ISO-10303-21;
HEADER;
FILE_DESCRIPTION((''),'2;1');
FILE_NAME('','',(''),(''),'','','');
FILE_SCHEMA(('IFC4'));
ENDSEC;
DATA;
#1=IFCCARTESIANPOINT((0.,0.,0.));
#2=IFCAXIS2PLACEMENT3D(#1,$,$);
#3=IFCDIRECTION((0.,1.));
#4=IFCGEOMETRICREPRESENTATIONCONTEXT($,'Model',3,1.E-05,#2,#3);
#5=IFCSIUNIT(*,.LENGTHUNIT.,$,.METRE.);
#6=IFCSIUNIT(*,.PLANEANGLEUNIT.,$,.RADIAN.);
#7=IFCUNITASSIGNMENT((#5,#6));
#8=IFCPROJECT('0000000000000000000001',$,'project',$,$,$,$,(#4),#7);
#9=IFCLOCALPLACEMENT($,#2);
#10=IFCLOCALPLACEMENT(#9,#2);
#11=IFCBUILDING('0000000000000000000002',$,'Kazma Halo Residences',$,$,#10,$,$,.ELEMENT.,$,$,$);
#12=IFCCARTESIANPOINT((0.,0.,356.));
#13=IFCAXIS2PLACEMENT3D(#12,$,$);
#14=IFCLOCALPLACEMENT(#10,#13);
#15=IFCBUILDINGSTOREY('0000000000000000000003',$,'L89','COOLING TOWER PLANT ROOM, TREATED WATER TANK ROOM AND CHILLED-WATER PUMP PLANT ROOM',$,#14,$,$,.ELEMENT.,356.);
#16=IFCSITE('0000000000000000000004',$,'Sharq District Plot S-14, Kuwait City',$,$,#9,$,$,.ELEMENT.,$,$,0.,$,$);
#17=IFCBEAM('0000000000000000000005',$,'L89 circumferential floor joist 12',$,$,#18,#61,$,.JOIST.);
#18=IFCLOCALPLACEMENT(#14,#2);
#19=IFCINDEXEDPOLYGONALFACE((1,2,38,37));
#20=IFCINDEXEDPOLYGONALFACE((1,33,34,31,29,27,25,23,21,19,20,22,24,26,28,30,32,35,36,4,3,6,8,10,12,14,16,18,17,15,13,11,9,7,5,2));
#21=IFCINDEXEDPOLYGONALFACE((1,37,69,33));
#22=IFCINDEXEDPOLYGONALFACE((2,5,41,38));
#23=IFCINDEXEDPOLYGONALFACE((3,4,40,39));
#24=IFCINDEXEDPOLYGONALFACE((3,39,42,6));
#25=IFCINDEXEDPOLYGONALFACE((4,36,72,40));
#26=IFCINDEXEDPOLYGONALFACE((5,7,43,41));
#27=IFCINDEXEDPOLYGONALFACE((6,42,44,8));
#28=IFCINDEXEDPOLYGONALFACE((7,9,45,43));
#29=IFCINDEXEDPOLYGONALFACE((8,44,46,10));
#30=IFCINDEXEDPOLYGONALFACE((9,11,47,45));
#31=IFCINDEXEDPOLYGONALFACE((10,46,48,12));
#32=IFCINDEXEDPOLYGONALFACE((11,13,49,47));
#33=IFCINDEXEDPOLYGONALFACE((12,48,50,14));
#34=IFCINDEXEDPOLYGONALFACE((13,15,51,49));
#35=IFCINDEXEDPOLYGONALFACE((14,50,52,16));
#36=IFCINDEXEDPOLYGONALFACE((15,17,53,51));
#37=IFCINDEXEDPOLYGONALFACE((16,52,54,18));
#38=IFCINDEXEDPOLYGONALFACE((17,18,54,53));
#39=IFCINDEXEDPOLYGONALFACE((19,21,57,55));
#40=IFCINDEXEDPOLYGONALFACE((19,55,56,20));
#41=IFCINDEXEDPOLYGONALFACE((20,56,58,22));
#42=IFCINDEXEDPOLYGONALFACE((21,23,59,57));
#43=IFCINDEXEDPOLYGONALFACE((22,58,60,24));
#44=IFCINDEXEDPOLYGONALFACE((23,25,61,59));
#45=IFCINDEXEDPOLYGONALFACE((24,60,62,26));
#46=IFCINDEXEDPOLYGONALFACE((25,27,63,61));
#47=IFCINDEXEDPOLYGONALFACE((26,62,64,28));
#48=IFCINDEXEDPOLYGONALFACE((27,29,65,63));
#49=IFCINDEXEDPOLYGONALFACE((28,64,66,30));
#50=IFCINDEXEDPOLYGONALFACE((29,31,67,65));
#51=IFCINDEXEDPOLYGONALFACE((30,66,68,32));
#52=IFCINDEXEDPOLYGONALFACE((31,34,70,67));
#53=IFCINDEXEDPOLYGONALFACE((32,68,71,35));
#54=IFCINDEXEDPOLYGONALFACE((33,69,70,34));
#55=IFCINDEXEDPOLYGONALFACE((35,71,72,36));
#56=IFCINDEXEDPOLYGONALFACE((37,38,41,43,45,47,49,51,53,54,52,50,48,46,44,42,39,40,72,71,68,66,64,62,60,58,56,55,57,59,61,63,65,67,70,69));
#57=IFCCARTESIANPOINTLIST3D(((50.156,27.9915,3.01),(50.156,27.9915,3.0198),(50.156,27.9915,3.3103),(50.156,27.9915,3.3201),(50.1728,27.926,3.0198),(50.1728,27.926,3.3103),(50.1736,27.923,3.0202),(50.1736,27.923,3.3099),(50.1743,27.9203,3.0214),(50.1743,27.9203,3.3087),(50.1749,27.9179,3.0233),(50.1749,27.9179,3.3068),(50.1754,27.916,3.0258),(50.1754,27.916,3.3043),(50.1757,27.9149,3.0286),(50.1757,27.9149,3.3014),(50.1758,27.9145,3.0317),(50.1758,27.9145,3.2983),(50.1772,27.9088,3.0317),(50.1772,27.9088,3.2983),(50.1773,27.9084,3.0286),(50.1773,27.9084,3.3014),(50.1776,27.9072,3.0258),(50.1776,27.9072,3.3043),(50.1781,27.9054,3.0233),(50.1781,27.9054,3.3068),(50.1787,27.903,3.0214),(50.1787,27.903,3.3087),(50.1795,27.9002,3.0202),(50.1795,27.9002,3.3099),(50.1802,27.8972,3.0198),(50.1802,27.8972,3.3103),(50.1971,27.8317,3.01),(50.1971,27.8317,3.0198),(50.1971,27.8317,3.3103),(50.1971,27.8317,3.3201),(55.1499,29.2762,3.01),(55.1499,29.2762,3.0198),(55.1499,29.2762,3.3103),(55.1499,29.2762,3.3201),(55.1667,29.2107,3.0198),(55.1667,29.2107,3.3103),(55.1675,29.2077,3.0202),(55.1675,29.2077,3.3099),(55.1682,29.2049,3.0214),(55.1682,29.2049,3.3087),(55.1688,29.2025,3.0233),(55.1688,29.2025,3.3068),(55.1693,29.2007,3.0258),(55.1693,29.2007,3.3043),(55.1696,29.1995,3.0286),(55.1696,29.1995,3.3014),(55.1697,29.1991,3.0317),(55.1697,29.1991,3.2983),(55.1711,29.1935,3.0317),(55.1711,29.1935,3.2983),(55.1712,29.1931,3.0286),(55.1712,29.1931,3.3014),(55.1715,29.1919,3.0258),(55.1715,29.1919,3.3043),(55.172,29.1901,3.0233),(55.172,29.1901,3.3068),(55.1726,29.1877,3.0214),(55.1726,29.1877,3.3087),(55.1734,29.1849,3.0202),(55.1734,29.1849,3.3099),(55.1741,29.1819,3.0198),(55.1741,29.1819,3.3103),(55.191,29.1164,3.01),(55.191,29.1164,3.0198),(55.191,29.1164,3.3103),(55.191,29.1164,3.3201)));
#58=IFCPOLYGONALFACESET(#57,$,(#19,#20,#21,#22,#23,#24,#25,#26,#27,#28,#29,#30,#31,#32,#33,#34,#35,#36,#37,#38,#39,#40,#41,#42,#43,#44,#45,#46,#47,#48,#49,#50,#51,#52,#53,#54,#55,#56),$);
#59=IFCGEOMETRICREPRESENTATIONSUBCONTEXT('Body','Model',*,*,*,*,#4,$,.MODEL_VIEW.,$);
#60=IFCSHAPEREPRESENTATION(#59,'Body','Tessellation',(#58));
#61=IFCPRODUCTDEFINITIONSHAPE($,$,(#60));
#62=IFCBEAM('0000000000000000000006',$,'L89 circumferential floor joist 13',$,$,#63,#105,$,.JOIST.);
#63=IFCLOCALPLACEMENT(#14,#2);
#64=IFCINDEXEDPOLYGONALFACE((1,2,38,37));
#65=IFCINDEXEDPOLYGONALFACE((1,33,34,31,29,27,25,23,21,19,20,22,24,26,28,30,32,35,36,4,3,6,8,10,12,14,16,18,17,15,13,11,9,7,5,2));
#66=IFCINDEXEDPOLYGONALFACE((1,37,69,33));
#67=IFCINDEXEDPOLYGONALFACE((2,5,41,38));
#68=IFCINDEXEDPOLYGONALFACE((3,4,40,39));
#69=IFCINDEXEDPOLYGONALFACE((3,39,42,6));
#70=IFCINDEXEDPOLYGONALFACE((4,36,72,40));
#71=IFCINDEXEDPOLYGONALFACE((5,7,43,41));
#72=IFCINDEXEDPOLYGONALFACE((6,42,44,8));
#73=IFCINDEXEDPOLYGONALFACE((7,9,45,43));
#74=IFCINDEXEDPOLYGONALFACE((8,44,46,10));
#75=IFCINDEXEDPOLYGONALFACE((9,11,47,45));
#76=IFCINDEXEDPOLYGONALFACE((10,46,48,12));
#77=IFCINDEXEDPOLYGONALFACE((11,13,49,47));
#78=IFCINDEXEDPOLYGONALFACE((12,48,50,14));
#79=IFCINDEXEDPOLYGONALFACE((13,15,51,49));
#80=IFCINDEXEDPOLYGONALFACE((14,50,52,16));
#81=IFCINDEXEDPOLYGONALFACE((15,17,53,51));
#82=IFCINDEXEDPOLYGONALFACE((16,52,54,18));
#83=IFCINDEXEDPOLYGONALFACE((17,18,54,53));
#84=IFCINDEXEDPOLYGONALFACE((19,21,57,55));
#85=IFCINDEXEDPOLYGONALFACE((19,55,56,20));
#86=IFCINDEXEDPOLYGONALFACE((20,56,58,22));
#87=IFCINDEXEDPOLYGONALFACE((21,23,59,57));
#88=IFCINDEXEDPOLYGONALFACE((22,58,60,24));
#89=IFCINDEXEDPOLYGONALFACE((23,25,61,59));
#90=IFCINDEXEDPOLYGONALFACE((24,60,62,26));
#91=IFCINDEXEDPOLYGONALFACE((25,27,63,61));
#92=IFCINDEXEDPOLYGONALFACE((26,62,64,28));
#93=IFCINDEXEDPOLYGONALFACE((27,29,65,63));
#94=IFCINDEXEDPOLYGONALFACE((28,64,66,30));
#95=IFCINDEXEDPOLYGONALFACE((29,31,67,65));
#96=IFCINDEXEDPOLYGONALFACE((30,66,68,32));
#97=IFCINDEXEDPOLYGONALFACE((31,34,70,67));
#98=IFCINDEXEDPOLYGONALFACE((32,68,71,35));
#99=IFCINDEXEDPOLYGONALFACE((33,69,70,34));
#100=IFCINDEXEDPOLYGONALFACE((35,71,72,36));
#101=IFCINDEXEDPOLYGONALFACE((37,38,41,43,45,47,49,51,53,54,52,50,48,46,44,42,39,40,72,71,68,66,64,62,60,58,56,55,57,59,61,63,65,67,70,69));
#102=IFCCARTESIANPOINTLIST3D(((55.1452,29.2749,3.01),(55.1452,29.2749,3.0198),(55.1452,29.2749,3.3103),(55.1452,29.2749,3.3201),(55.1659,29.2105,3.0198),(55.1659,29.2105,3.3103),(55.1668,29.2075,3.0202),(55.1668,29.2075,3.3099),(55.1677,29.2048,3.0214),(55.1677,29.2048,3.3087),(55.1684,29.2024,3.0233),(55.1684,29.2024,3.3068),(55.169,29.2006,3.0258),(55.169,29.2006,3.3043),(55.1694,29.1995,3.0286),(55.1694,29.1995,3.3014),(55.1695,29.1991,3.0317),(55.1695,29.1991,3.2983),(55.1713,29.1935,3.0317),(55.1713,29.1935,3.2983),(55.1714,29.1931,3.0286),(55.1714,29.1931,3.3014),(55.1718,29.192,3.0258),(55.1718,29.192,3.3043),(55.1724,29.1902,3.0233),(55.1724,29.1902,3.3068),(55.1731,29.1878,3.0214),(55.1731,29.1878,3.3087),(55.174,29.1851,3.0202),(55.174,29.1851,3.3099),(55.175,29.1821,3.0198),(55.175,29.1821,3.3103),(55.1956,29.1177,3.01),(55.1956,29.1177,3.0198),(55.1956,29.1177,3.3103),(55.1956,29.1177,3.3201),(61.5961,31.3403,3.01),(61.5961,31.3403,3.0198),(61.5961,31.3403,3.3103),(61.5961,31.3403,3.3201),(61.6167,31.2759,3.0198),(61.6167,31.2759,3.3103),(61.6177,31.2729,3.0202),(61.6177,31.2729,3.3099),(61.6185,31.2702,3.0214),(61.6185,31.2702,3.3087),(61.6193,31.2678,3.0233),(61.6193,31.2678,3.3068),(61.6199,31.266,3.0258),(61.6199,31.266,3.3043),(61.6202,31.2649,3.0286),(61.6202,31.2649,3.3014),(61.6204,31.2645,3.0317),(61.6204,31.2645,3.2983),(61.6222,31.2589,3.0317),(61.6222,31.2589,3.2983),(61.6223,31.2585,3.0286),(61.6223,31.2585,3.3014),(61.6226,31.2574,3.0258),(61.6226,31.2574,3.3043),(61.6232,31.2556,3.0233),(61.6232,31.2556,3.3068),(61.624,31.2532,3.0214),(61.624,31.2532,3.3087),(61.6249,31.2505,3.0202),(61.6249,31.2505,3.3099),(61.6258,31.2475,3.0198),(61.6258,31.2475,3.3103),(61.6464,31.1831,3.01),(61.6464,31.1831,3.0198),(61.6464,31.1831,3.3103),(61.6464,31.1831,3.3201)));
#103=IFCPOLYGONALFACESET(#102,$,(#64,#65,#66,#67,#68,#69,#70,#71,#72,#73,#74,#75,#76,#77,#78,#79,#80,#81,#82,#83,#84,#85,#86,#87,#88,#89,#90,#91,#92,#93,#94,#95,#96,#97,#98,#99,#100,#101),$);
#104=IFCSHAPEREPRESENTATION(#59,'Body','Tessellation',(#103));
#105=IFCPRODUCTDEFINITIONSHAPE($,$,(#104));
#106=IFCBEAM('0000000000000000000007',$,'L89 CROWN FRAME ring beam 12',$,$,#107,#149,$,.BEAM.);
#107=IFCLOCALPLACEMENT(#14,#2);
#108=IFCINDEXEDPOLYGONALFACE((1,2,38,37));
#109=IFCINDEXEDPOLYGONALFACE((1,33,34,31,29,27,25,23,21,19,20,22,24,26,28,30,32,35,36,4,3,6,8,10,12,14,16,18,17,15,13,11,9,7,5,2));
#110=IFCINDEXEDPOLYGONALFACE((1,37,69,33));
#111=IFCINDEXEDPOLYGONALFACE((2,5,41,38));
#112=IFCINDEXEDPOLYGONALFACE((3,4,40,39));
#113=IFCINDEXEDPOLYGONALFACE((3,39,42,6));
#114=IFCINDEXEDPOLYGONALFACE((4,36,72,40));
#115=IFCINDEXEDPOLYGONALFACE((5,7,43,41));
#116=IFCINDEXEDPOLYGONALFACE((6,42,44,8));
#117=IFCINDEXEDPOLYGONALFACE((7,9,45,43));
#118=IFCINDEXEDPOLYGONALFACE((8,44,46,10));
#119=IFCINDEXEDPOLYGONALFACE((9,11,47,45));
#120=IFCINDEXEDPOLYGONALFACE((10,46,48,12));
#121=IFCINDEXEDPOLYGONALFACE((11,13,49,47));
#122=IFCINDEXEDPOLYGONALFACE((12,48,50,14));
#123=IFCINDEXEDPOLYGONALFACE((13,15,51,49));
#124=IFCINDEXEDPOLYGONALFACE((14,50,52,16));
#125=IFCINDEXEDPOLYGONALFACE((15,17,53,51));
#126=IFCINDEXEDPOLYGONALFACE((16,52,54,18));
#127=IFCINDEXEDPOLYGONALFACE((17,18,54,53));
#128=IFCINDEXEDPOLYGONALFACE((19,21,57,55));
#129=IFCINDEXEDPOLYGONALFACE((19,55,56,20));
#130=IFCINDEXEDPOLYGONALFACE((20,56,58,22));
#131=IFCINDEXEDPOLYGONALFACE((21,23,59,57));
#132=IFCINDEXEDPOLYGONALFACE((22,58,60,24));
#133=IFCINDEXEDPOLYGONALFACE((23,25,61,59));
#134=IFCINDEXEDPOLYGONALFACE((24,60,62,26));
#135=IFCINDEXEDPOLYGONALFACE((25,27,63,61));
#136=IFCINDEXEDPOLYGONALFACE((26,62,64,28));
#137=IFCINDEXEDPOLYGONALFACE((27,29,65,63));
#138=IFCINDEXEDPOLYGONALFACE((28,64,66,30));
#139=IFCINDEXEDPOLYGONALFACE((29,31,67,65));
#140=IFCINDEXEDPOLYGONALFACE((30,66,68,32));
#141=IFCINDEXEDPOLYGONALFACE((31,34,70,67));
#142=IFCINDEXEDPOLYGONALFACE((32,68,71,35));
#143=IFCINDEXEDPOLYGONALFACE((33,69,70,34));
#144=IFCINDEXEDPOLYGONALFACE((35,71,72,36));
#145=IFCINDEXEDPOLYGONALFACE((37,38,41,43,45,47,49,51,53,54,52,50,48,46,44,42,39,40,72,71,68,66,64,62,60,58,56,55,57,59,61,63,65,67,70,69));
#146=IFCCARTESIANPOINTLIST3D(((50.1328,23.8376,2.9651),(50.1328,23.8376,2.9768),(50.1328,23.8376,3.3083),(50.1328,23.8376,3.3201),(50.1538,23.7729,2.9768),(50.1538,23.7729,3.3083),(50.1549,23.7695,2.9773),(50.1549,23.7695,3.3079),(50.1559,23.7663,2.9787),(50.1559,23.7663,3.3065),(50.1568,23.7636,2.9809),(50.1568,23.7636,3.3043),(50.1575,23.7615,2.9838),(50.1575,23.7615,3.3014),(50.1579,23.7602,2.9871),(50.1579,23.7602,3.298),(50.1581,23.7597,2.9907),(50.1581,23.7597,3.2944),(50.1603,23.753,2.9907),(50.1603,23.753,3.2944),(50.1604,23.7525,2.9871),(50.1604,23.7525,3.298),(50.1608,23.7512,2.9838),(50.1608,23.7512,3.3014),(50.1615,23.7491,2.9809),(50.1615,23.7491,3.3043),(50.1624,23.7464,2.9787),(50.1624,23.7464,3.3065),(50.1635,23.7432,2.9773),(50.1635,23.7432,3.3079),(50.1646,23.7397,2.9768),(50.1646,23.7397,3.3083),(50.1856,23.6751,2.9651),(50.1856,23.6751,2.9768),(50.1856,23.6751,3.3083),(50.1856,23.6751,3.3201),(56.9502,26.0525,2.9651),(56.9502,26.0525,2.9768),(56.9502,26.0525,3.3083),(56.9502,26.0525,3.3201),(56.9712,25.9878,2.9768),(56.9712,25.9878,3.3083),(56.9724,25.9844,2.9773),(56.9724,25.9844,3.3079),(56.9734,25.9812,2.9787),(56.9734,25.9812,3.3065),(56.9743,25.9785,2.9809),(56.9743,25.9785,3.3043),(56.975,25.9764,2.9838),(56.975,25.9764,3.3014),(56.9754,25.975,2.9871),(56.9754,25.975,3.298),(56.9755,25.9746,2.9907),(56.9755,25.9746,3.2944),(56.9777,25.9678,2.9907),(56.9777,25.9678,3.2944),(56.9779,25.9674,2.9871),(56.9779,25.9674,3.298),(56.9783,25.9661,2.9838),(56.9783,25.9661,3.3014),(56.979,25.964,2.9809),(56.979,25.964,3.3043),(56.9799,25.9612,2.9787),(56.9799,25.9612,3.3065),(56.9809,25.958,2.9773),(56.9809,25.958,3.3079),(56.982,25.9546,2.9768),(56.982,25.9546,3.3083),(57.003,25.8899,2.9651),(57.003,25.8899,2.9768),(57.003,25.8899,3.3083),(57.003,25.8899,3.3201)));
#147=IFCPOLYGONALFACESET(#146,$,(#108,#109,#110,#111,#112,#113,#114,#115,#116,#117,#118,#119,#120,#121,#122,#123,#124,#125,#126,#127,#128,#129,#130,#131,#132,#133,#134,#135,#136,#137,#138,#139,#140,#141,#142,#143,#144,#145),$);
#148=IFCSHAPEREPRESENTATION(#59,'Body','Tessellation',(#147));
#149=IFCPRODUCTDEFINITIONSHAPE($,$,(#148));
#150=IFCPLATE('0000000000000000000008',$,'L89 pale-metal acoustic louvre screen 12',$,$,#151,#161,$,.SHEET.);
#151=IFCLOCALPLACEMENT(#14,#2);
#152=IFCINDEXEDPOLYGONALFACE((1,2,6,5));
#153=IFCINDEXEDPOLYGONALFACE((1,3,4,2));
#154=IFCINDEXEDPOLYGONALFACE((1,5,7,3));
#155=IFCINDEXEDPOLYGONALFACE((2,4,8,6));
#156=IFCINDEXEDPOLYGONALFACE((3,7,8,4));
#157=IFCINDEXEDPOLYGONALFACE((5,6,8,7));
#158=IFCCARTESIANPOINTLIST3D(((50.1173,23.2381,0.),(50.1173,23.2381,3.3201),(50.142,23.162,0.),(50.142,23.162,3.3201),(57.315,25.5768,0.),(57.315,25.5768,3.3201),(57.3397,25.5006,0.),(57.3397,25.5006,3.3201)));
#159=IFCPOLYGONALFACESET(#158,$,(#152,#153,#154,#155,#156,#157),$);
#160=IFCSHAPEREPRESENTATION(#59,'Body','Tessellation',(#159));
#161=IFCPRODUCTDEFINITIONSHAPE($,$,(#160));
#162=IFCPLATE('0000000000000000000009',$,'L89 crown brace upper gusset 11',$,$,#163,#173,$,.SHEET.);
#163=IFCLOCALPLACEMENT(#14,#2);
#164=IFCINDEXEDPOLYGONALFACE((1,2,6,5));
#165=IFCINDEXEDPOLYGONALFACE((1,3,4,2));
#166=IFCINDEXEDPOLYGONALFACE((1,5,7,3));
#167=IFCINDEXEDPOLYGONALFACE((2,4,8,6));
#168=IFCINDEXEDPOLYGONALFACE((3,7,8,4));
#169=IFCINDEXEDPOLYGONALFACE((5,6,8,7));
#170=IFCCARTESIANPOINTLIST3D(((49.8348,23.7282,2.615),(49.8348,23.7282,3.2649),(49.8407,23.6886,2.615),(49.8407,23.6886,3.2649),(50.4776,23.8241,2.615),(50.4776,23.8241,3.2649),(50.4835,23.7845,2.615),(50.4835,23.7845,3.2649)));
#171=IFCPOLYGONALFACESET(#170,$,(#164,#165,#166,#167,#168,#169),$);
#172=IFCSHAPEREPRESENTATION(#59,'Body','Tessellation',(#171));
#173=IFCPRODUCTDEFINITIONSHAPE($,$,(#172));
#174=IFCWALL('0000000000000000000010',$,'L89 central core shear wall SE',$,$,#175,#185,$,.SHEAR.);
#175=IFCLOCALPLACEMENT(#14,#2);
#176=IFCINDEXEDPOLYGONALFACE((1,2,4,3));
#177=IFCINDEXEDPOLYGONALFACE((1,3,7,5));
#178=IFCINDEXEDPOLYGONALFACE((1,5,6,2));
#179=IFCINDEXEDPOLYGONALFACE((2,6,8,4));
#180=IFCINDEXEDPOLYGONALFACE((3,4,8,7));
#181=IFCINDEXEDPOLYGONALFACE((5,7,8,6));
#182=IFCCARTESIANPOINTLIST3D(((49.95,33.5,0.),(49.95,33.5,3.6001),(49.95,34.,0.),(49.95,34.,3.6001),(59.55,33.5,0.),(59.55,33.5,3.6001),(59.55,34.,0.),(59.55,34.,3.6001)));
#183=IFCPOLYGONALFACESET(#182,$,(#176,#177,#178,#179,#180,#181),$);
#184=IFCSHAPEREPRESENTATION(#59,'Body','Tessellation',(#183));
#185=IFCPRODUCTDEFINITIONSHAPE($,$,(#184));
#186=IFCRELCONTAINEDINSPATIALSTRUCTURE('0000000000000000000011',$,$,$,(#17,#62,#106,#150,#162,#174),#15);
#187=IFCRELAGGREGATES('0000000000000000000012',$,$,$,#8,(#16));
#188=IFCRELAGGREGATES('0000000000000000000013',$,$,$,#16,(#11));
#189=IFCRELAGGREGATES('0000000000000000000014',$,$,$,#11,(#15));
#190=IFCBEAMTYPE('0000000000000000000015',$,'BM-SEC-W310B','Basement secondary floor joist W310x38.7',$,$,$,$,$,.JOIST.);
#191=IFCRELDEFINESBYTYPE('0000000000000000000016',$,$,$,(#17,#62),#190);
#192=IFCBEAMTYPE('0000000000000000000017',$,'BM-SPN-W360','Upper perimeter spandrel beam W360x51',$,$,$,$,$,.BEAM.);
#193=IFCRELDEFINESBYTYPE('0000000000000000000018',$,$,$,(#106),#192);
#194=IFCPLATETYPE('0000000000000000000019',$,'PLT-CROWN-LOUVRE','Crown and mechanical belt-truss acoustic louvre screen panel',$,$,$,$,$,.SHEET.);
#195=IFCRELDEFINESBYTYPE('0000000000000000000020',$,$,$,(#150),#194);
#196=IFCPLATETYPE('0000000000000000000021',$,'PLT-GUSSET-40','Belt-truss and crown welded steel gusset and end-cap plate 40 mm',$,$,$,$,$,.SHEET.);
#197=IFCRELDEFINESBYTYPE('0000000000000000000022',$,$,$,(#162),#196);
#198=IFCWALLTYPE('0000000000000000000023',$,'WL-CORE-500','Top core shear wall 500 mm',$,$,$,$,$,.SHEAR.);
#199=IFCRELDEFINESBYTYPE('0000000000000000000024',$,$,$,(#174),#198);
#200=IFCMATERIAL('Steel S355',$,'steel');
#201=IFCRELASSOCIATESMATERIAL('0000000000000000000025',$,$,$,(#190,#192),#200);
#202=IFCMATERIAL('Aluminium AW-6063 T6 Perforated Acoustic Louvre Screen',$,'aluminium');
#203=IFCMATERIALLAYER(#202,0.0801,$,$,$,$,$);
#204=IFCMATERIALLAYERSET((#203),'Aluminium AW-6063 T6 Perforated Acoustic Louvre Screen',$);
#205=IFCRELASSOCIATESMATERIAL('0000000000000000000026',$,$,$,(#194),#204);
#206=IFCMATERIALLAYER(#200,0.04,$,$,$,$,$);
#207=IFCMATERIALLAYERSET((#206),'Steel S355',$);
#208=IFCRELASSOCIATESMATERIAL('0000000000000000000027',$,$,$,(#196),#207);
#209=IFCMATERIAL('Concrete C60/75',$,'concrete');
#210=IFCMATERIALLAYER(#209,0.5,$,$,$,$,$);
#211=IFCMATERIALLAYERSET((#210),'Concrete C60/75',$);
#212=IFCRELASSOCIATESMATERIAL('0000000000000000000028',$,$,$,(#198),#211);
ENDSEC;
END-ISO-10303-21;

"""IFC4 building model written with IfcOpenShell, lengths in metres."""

from ifc_helpers import new_model, si_unit, direction, frame, frame_2d, origin, origin_2d, place, context, subcontext, project, spatial, rectangle, i_section, extrude, material, layer, layer_set, material_profile, profile_set, type_object, element, save


model = new_model("IFC4")

# Units and contexts
model_context = context("Model", 3, precision=1e-05, world=origin(), true_north=direction((0.0, 1.0)))
body_context = subcontext(model_context, "Body", "Model", "MODEL_VIEW")
ifc_project = project(units=[si_unit("LENGTHUNIT", "METRE"), si_unit("PLANEANGLEUNIT", "RADIAN")], contexts=[model_context])

# Site, building, storey
site_placement = place(None, origin())
site = spatial("IfcSite", under=ifc_project, at=site_placement, Name="Sharq District Plot S-14, Kuwait City", CompositionType="ELEMENT", RefElevation=0.0)
building_placement = place(site_placement, origin())
building = spatial("IfcBuilding", under=site, at=building_placement, Name="Kazma Halo Residences", CompositionType="ELEMENT")
storey_placement = place(building_placement, frame((0.0, 0.0, 356.0)))
storey = spatial("IfcBuildingStorey", under=building, at=storey_placement, Name="L89", Description="COOLING TOWER PLANT ROOM, TREATED WATER TANK ROOM AND CHILLED-WATER PUMP PLANT ROOM", CompositionType="ELEMENT", Elevation=356.0)

# Shared definitions
ifc_material_1 = material(Name="Steel S355", Category="steel")

# Beams
ifc_material_profile_1 = material_profile(ifc_material_1, i_section(OverallWidth=0.165, OverallDepth=0.3101, WebThickness=0.0059, FlangeThickness=0.0098, FilletRadius=0.012, at=origin_2d()), Name="W310x38.7")
ifc_profile_set_1 = profile_set([ifc_material_profile_1], Name="Steel S355")
beam_type_1 = type_object("IfcBeamType", Name="BM-SEC-W310B", Description="Basement secondary floor joist W310x38.7", PredefinedType="JOIST", material=ifc_profile_set_1)
beam_1_placement = place(storey_placement, frame((50.1765, 27.9116, 3.165), z_axis=(0.968468, 0.249136, 0.0), x_axis=(-0.249136, 0.968468, 0.0)))
element("IfcBeam", 1, at=beam_1_placement, inside=storey, type_object=beam_type_1, Name="L89 circumferential floor joist 12", PredefinedType="JOIST", context=body_context, shape_type="SweptSolid", body=[
    extrude(i_section(OverallWidth=0.165, OverallDepth=0.3101, WebThickness=0.0059, FlangeThickness=0.0098, FilletRadius=0.012, at=origin_2d()), origin(), (0.0, 0.0, 1.0), 5.1565),
])
beam_2_placement = place(storey_placement, frame((55.1704, 29.1963, 3.165), z_axis=(0.952376, 0.304927, 0.0), x_axis=(-0.304927, 0.952376, 0.0)))
element("IfcBeam", 2, at=beam_2_placement, inside=storey, type_object=beam_type_1, Name="L89 circumferential floor joist 13", PredefinedType="JOIST", context=body_context, shape_type="SweptSolid", body=[
    extrude(i_section(OverallWidth=0.165, OverallDepth=0.3101, WebThickness=0.0059, FlangeThickness=0.0098, FilletRadius=0.012, at=origin_2d()), origin(), (0.0, 0.0, 1.0), 6.7734),
])
ifc_material_profile_2 = material_profile(ifc_material_1, i_section(OverallWidth=0.1709, OverallDepth=0.355, WebThickness=0.0071, FlangeThickness=0.0117, FilletRadius=0.0139, at=origin_2d()), Name="W360x51")
ifc_profile_set_2 = profile_set([ifc_material_profile_2], Name="Steel S355")
beam_type_2 = type_object("IfcBeamType", Name="BM-SPN-W360", Description="Upper perimeter spandrel beam W360x51", PredefinedType="BEAM", material=ifc_profile_set_2)
beam_3_placement = place(storey_placement, frame((50.1592, 23.7563, 3.1426), z_axis=(0.951067, 0.308984, 0.0), x_axis=(-0.308984, 0.951067, 0.0)))
element("IfcBeam", 3, at=beam_3_placement, inside=storey, type_object=beam_type_2, Name="L89 CROWN FRAME ring beam 12", PredefinedType="BEAM", context=body_context, shape_type="SweptSolid", body=[
    extrude(i_section(OverallWidth=0.1709, OverallDepth=0.355, WebThickness=0.0071, FlangeThickness=0.0117, FilletRadius=0.0139, at=origin_2d()), origin(), (0.0, 0.0, 1.0), 7.1682),
])

# Plates
ifc_material_2 = material(Name="Aluminium AW-6063 T6 Perforated Acoustic Louvre Screen", Category="aluminium")
ifc_layer_1 = layer(ifc_material_2, 0.0801)
ifc_layer_set_1 = layer_set([ifc_layer_1], Name="Aluminium AW-6063 T6 Perforated Acoustic Louvre Screen")
plate_type_1 = type_object("IfcPlateType", Name="PLT-CROWN-LOUVRE", Description="Crown and mechanical belt-truss acoustic louvre screen panel", PredefinedType="SHEET", material=ifc_layer_set_1)
plate_1_placement = place(storey_placement, frame((53.7285, 24.3694, 0.0), z_axis=(0.0, 0.0, 1.0), x_axis=(0.951058, 0.309012, 0.0)))
element("IfcPlate", 4, at=plate_1_placement, inside=storey, type_object=plate_type_1, Name="L89 pale-metal acoustic louvre screen 12", PredefinedType="SHEET", context=body_context, shape_type="SweptSolid", body=[
    extrude(rectangle(XDim=7.5681, YDim=0.0801, at=origin_2d()), origin(), (0.0, 0.0, 1.0), 3.3201),
])
ifc_layer_2 = layer(ifc_material_1, 0.04)
ifc_layer_set_2 = layer_set([ifc_layer_2], Name="Steel S355")
plate_type_2 = type_object("IfcPlateType", Name="PLT-GUSSET-40", Description="Belt-truss and crown welded steel gusset and end-cap plate 40 mm", PredefinedType="SHEET", material=ifc_layer_set_2)
plate_2_placement = place(storey_placement, frame((50.1592, 23.7563, 2.615), z_axis=(0.0, 0.0, 1.0), x_axis=(0.989034, 0.147687, 0.0)))
element("IfcPlate", 5, at=plate_2_placement, inside=storey, type_object=plate_type_2, Name="L89 crown brace upper gusset 11", PredefinedType="SHEET", context=body_context, shape_type="SweptSolid", body=[
    extrude(rectangle(XDim=0.6499, YDim=0.04, at=origin_2d()), origin(), (0.0, 0.0, 1.0), 0.6499),
])

# Wall
ifc_material_3 = material(Name="Concrete C60/75", Category="concrete")
ifc_layer_3 = layer(ifc_material_3, 0.5)
ifc_layer_set_3 = layer_set([ifc_layer_3], Name="Concrete C60/75")
wall_type_1 = type_object("IfcWallType", Name="WL-CORE-500", Description="Top core shear wall 500 mm", PredefinedType="SHEAR", material=ifc_layer_set_3)
wall_1_placement = place(storey_placement, frame((49.95, 33.75, 0.0), z_axis=(0.0, 0.0, 1.0), x_axis=(1.0, 0.0, 0.0)))
element("IfcWall", 6, at=wall_1_placement, inside=storey, type_object=wall_type_1, Name="L89 central core shear wall SE", PredefinedType="SHEAR", context=body_context, shape_type="SweptSolid", body=[
    extrude(rectangle(XDim=9.6001, YDim=0.5, at=frame_2d((4.8, 0.0))), origin(), (0.0, 0.0, 1.0), 3.6001),
])

save(model, "model.ifc")
